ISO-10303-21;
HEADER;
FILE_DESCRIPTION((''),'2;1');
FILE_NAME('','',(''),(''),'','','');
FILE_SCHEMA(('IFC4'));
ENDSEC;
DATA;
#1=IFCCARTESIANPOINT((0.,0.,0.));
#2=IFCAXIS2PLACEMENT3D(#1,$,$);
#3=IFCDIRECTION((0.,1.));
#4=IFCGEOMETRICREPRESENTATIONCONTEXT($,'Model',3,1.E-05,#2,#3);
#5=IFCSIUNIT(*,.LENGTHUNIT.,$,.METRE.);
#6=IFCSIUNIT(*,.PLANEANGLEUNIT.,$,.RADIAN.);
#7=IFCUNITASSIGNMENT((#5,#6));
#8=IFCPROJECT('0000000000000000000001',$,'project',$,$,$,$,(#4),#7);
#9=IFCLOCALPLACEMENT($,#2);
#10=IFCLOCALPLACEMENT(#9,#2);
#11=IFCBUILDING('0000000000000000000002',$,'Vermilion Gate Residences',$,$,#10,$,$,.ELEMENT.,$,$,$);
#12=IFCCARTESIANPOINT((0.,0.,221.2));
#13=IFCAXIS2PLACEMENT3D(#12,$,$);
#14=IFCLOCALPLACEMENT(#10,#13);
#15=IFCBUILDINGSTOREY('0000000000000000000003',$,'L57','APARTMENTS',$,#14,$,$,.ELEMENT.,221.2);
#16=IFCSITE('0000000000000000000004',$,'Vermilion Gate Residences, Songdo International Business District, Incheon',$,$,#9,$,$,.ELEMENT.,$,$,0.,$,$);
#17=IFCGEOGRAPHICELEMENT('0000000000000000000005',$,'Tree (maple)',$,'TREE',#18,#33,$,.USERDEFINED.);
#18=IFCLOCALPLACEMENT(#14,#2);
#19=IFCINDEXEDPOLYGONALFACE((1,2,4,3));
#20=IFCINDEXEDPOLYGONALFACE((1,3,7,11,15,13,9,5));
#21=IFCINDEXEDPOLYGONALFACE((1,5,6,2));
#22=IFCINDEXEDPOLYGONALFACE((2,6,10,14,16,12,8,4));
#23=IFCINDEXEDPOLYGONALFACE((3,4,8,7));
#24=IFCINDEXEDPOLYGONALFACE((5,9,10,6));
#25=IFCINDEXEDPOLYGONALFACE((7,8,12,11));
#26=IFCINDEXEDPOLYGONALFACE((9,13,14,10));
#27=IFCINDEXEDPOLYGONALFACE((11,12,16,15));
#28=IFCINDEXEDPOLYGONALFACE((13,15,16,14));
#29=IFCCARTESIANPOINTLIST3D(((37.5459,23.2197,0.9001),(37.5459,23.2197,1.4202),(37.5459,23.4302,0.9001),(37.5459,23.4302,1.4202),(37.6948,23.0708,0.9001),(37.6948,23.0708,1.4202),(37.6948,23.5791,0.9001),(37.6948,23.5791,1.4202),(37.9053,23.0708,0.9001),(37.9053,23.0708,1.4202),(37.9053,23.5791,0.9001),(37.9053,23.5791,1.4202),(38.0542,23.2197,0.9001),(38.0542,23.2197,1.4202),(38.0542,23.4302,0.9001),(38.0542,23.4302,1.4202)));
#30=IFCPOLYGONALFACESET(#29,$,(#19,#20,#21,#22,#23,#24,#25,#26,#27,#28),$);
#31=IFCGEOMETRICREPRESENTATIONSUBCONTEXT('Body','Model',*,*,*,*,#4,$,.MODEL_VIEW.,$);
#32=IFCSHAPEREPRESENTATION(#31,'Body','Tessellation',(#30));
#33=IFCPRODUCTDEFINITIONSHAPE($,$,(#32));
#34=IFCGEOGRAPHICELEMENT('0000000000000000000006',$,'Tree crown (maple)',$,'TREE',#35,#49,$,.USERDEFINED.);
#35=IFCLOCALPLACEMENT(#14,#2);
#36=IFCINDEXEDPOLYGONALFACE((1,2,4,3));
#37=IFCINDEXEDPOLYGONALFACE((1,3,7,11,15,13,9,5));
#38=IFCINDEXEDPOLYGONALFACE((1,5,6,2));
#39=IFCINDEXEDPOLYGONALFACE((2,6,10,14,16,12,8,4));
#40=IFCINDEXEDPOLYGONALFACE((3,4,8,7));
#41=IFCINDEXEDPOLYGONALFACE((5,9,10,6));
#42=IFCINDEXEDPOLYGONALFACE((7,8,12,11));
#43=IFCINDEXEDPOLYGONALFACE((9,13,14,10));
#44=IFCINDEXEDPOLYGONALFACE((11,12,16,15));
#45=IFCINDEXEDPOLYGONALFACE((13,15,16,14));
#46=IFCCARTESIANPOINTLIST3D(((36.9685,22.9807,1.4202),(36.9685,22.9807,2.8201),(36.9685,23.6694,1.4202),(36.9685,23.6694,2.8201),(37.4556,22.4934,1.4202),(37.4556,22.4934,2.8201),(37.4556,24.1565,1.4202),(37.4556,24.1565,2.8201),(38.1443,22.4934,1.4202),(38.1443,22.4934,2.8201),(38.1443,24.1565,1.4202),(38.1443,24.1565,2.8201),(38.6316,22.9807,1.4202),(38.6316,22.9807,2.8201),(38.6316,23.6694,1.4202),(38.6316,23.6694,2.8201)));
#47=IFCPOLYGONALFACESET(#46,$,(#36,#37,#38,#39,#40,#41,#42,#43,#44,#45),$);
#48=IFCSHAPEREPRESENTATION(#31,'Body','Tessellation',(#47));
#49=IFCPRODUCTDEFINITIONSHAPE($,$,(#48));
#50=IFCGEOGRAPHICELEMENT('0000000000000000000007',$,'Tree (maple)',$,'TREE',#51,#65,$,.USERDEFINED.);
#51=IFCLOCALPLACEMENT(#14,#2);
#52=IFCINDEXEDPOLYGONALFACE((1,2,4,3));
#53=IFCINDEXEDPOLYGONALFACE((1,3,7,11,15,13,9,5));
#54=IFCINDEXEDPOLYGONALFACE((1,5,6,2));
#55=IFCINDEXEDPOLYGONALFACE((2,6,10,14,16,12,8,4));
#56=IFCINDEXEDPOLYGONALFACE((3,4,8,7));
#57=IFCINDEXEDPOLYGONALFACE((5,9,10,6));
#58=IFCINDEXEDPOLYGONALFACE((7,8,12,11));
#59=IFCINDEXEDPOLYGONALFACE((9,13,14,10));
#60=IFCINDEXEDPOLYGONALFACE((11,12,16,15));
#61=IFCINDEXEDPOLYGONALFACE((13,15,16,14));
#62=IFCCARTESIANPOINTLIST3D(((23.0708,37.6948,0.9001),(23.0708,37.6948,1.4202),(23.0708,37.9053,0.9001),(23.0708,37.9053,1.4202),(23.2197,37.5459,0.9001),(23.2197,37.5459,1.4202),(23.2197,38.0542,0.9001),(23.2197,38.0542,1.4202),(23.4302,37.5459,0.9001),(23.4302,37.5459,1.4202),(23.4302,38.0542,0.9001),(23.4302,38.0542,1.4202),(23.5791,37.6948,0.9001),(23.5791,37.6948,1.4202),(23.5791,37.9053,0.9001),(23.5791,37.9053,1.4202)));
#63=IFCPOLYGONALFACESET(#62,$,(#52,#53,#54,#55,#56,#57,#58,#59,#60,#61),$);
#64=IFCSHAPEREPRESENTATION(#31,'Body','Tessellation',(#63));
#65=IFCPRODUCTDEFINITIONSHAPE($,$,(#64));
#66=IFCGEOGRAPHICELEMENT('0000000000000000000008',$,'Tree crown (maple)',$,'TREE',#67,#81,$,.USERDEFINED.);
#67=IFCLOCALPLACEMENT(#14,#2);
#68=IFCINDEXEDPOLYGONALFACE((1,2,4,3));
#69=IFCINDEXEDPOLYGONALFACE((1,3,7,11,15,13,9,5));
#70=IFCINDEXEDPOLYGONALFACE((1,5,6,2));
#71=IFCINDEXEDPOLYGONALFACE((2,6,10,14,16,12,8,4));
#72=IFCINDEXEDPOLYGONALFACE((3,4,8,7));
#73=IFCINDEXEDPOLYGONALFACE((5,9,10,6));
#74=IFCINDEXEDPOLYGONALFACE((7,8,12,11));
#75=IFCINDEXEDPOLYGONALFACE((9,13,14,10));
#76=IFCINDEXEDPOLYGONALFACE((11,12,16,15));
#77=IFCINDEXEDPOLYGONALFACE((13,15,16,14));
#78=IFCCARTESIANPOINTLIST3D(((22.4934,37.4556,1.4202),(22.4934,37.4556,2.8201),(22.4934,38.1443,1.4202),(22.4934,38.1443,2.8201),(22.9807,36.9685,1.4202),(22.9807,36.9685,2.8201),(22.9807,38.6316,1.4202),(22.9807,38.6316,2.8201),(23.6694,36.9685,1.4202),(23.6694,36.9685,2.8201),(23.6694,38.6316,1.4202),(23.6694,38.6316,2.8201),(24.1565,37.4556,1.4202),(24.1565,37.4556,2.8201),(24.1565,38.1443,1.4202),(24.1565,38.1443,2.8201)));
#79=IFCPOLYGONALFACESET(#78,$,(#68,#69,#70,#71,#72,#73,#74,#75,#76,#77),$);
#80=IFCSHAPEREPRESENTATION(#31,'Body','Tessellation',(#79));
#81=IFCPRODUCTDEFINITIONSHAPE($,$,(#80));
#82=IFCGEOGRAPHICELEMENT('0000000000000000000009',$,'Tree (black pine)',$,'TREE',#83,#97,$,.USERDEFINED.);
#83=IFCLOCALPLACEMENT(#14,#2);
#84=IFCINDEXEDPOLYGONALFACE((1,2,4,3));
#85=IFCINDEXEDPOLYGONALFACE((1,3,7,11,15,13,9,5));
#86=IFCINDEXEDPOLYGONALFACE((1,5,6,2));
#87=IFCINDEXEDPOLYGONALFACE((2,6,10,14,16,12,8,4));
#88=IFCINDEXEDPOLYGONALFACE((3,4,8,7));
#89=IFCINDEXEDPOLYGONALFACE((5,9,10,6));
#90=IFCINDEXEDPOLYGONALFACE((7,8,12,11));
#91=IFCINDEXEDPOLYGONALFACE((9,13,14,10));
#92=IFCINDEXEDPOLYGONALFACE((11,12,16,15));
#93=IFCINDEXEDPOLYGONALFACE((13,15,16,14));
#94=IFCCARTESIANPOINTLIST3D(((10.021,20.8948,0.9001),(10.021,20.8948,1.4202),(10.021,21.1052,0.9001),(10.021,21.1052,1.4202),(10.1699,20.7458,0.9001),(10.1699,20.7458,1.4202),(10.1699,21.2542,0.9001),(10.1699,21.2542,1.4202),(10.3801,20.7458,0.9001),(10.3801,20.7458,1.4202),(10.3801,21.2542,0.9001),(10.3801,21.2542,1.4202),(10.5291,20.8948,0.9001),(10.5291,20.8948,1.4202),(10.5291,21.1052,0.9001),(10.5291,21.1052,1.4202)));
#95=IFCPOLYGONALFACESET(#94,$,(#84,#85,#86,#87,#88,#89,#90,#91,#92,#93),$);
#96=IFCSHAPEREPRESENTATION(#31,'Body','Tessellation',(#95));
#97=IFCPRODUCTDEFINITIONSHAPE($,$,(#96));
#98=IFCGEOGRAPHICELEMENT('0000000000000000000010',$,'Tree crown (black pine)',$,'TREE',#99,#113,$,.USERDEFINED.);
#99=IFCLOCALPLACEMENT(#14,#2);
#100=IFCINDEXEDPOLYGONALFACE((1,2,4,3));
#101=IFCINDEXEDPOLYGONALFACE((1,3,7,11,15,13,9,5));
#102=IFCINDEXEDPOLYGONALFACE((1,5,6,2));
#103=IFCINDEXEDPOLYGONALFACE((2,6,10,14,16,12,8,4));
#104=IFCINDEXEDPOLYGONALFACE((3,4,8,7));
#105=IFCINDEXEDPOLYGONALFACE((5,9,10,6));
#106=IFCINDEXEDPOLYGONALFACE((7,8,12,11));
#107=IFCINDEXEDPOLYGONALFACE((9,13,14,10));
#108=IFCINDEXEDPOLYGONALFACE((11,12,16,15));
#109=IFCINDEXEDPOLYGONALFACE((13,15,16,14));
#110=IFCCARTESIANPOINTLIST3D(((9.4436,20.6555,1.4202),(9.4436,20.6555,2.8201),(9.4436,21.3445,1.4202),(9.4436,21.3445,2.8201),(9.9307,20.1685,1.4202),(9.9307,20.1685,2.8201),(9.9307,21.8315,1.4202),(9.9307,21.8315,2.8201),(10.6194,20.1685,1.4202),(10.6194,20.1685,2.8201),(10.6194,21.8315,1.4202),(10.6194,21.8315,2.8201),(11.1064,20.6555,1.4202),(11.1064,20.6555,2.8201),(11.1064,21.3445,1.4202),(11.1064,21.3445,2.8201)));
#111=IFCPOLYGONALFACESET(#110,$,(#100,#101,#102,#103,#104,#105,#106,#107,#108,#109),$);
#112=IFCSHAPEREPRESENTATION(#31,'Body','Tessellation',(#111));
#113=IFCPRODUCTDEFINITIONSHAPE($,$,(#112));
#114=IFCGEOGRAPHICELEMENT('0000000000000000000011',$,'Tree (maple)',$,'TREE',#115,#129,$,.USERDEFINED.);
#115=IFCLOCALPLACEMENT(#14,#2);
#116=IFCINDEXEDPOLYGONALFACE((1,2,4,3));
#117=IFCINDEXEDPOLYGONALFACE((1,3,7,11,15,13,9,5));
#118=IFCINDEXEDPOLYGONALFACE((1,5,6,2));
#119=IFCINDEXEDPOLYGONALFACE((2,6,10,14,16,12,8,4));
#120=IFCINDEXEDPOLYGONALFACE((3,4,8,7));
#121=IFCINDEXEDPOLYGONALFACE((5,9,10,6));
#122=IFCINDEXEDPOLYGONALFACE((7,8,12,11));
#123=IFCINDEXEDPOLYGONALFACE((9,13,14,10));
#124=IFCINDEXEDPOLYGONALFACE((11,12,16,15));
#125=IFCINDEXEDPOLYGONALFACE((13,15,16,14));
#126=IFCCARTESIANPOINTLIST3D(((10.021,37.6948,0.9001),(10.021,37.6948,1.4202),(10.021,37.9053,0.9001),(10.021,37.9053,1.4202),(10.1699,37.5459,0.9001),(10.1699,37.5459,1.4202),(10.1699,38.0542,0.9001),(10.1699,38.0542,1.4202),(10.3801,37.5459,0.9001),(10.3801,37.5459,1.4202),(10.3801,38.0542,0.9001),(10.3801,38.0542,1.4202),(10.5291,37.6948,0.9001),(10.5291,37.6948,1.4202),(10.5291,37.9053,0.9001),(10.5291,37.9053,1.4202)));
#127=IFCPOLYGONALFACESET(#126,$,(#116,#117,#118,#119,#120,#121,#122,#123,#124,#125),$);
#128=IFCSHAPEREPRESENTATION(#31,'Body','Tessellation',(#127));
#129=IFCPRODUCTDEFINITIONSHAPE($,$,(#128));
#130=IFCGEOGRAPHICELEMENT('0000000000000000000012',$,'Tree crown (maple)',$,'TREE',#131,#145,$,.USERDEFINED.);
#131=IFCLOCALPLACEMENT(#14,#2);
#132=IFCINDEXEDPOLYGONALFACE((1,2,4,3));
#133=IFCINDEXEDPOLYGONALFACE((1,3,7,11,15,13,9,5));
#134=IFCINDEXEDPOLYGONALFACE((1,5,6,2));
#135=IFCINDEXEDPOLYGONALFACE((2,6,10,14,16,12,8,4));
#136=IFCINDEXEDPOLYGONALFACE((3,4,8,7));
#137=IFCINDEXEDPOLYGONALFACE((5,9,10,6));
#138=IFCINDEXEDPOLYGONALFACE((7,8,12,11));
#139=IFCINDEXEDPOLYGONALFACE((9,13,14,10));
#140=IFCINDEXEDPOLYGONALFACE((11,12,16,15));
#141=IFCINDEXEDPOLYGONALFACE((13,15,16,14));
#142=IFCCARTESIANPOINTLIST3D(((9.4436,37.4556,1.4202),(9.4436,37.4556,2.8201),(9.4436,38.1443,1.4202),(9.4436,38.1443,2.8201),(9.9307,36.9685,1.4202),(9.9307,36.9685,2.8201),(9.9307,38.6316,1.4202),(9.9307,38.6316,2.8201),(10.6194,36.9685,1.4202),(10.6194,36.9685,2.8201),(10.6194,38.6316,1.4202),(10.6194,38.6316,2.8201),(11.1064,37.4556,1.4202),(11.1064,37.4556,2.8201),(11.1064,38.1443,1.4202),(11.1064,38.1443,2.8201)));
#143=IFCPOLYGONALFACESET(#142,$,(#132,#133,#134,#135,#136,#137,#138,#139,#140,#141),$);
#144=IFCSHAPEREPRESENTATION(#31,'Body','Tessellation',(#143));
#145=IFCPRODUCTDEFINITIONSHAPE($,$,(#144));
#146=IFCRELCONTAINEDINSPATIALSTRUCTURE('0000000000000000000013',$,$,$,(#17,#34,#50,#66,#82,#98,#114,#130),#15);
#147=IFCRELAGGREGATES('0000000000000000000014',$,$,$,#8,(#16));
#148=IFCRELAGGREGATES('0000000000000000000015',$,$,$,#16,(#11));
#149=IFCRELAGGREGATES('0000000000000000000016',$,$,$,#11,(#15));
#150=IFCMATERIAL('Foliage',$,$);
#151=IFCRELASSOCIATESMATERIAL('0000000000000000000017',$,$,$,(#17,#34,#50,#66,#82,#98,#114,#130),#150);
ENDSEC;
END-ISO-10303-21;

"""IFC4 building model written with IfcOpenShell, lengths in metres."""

from ifc_helpers import new_model, si_unit, direction, frame, origin, place, context, subcontext, project, spatial, polyline, outline, extrude, material, element, save


model = new_model("IFC4")

# Units and contexts
model_context = context("Model", 3, precision=1e-05, world=origin(), true_north=direction((0.0, 1.0)))
body_context = subcontext(model_context, "Body", "Model", "MODEL_VIEW")
ifc_project = project(units=[si_unit("LENGTHUNIT", "METRE"), si_unit("PLANEANGLEUNIT", "RADIAN")], contexts=[model_context])

# Site, building, storey
site_placement = place(None, origin())
site = spatial("IfcSite", under=ifc_project, at=site_placement, Name="Vermilion Gate Residences, Songdo International Business District, Incheon", CompositionType="ELEMENT", RefElevation=0.0)
building_placement = place(site_placement, origin())
building = spatial("IfcBuilding", under=site, at=building_placement, Name="Vermilion Gate Residences", CompositionType="ELEMENT")
storey_placement = place(building_placement, frame((0.0, 0.0, 221.2)))
storey = spatial("IfcBuildingStorey", under=building, at=storey_placement, Name="L57", Description="APARTMENTS", CompositionType="ELEMENT", Elevation=221.2)

# Geographic elements
ifc_material_1 = material(Name="Foliage")
geographic_element_1_placement = place(storey_placement, frame((0.0, 0.0, 0.9001)))
element("IfcGeographicElement", 1, at=geographic_element_1_placement, inside=storey, material=ifc_material_1, Name="Tree (maple)", ObjectType="TREE", PredefinedType="USERDEFINED", context=body_context, shape_type="SweptSolid", body=[
    extrude(outline(polyline([(38.0542, 23.4302), (37.9053, 23.5791), (37.6948, 23.5791), (37.5459, 23.4302), (37.5459, 23.2197), (37.6948, 23.0708), (37.9053, 23.0708), (38.0542, 23.2197), (38.0542, 23.4302)])), origin(), (0.0, 0.0, 1.0), 0.52),
])
geographic_element_2_placement = place(storey_placement, frame((0.0, 0.0, 1.4202)))
element("IfcGeographicElement", 2, at=geographic_element_2_placement, inside=storey, material=ifc_material_1, Name="Tree crown (maple)", ObjectType="TREE", PredefinedType="USERDEFINED", context=body_context, shape_type="SweptSolid", body=[
    extrude(outline(polyline([(38.6316, 23.6694), (38.1443, 24.1565), (37.4556, 24.1565), (36.9685, 23.6694), (36.9685, 22.9807), (37.4556, 22.4934), (38.1443, 22.4934), (38.6316, 22.9807), (38.6316, 23.6694)])), origin(), (0.0, 0.0, 1.0), 1.3999),
])
geographic_element_3_placement = place(storey_placement, frame((0.0, 0.0, 0.9001)))
element("IfcGeographicElement", 3, at=geographic_element_3_placement, inside=storey, material=ifc_material_1, Name="Tree (maple)", ObjectType="TREE", PredefinedType="USERDEFINED", context=body_context, shape_type="SweptSolid", body=[
    extrude(outline(polyline([(23.5791, 37.9053), (23.4302, 38.0542), (23.2197, 38.0542), (23.0708, 37.9053), (23.0708, 37.6948), (23.2197, 37.5459), (23.4302, 37.5459), (23.5791, 37.6948), (23.5791, 37.9053)])), origin(), (0.0, 0.0, 1.0), 0.52),
])
geographic_element_4_placement = place(storey_placement, frame((0.0, 0.0, 1.4202)))
element("IfcGeographicElement", 4, at=geographic_element_4_placement, inside=storey, material=ifc_material_1, Name="Tree crown (maple)", ObjectType="TREE", PredefinedType="USERDEFINED", context=body_context, shape_type="SweptSolid", body=[
    extrude(outline(polyline([(24.1565, 38.1443), (23.6694, 38.6316), (22.9807, 38.6316), (22.4934, 38.1443), (22.4934, 37.4556), (22.9807, 36.9685), (23.6694, 36.9685), (24.1565, 37.4556), (24.1565, 38.1443)])), origin(), (0.0, 0.0, 1.0), 1.3999),
])
geographic_element_5_placement = place(storey_placement, frame((0.0, 0.0, 0.9001)))
element("IfcGeographicElement", 5, at=geographic_element_5_placement, inside=storey, material=ifc_material_1, Name="Tree (black pine)", ObjectType="TREE", PredefinedType="USERDEFINED", context=body_context, shape_type="SweptSolid", body=[
    extrude(outline(polyline([(10.5291, 21.1052), (10.3801, 21.2542), (10.1699, 21.2542), (10.021, 21.1052), (10.021, 20.8948), (10.1699, 20.7458), (10.3801, 20.7458), (10.5291, 20.8948), (10.5291, 21.1052)])), origin(), (0.0, 0.0, 1.0), 0.52),
])
geographic_element_6_placement = place(storey_placement, frame((0.0, 0.0, 1.4202)))
element("IfcGeographicElement", 6, at=geographic_element_6_placement, inside=storey, material=ifc_material_1, Name="Tree crown (black pine)", ObjectType="TREE", PredefinedType="USERDEFINED", context=body_context, shape_type="SweptSolid", body=[
    extrude(outline(polyline([(11.1064, 21.3445), (10.6194, 21.8315), (9.9307, 21.8315), (9.4436, 21.3445), (9.4436, 20.6555), (9.9307, 20.1685), (10.6194, 20.1685), (11.1064, 20.6555), (11.1064, 21.3445)])), origin(), (0.0, 0.0, 1.0), 1.3999),
])
geographic_element_7_placement = place(storey_placement, frame((0.0, 0.0, 0.9001)))
element("IfcGeographicElement", 7, at=geographic_element_7_placement, inside=storey, material=ifc_material_1, Name="Tree (maple)", ObjectType="TREE", PredefinedType="USERDEFINED", context=body_context, shape_type="SweptSolid", body=[
    extrude(outline(polyline([(10.5291, 37.9053), (10.3801, 38.0542), (10.1699, 38.0542), (10.021, 37.9053), (10.021, 37.6948), (10.1699, 37.5459), (10.3801, 37.5459), (10.5291, 37.6948), (10.5291, 37.9053)])), origin(), (0.0, 0.0, 1.0), 0.52),
])
geographic_element_8_placement = place(storey_placement, frame((0.0, 0.0, 1.4202)))
element("IfcGeographicElement", 8, at=geographic_element_8_placement, inside=storey, material=ifc_material_1, Name="Tree crown (maple)", ObjectType="TREE", PredefinedType="USERDEFINED", context=body_context, shape_type="SweptSolid", body=[
    extrude(outline(polyline([(11.1064, 38.1443), (10.6194, 38.6316), (9.9307, 38.6316), (9.4436, 38.1443), (9.4436, 37.4556), (9.9307, 36.9685), (10.6194, 36.9685), (11.1064, 37.4556), (11.1064, 38.1443)])), origin(), (0.0, 0.0, 1.0), 1.3999),
])

save(model, "model.ifc")
